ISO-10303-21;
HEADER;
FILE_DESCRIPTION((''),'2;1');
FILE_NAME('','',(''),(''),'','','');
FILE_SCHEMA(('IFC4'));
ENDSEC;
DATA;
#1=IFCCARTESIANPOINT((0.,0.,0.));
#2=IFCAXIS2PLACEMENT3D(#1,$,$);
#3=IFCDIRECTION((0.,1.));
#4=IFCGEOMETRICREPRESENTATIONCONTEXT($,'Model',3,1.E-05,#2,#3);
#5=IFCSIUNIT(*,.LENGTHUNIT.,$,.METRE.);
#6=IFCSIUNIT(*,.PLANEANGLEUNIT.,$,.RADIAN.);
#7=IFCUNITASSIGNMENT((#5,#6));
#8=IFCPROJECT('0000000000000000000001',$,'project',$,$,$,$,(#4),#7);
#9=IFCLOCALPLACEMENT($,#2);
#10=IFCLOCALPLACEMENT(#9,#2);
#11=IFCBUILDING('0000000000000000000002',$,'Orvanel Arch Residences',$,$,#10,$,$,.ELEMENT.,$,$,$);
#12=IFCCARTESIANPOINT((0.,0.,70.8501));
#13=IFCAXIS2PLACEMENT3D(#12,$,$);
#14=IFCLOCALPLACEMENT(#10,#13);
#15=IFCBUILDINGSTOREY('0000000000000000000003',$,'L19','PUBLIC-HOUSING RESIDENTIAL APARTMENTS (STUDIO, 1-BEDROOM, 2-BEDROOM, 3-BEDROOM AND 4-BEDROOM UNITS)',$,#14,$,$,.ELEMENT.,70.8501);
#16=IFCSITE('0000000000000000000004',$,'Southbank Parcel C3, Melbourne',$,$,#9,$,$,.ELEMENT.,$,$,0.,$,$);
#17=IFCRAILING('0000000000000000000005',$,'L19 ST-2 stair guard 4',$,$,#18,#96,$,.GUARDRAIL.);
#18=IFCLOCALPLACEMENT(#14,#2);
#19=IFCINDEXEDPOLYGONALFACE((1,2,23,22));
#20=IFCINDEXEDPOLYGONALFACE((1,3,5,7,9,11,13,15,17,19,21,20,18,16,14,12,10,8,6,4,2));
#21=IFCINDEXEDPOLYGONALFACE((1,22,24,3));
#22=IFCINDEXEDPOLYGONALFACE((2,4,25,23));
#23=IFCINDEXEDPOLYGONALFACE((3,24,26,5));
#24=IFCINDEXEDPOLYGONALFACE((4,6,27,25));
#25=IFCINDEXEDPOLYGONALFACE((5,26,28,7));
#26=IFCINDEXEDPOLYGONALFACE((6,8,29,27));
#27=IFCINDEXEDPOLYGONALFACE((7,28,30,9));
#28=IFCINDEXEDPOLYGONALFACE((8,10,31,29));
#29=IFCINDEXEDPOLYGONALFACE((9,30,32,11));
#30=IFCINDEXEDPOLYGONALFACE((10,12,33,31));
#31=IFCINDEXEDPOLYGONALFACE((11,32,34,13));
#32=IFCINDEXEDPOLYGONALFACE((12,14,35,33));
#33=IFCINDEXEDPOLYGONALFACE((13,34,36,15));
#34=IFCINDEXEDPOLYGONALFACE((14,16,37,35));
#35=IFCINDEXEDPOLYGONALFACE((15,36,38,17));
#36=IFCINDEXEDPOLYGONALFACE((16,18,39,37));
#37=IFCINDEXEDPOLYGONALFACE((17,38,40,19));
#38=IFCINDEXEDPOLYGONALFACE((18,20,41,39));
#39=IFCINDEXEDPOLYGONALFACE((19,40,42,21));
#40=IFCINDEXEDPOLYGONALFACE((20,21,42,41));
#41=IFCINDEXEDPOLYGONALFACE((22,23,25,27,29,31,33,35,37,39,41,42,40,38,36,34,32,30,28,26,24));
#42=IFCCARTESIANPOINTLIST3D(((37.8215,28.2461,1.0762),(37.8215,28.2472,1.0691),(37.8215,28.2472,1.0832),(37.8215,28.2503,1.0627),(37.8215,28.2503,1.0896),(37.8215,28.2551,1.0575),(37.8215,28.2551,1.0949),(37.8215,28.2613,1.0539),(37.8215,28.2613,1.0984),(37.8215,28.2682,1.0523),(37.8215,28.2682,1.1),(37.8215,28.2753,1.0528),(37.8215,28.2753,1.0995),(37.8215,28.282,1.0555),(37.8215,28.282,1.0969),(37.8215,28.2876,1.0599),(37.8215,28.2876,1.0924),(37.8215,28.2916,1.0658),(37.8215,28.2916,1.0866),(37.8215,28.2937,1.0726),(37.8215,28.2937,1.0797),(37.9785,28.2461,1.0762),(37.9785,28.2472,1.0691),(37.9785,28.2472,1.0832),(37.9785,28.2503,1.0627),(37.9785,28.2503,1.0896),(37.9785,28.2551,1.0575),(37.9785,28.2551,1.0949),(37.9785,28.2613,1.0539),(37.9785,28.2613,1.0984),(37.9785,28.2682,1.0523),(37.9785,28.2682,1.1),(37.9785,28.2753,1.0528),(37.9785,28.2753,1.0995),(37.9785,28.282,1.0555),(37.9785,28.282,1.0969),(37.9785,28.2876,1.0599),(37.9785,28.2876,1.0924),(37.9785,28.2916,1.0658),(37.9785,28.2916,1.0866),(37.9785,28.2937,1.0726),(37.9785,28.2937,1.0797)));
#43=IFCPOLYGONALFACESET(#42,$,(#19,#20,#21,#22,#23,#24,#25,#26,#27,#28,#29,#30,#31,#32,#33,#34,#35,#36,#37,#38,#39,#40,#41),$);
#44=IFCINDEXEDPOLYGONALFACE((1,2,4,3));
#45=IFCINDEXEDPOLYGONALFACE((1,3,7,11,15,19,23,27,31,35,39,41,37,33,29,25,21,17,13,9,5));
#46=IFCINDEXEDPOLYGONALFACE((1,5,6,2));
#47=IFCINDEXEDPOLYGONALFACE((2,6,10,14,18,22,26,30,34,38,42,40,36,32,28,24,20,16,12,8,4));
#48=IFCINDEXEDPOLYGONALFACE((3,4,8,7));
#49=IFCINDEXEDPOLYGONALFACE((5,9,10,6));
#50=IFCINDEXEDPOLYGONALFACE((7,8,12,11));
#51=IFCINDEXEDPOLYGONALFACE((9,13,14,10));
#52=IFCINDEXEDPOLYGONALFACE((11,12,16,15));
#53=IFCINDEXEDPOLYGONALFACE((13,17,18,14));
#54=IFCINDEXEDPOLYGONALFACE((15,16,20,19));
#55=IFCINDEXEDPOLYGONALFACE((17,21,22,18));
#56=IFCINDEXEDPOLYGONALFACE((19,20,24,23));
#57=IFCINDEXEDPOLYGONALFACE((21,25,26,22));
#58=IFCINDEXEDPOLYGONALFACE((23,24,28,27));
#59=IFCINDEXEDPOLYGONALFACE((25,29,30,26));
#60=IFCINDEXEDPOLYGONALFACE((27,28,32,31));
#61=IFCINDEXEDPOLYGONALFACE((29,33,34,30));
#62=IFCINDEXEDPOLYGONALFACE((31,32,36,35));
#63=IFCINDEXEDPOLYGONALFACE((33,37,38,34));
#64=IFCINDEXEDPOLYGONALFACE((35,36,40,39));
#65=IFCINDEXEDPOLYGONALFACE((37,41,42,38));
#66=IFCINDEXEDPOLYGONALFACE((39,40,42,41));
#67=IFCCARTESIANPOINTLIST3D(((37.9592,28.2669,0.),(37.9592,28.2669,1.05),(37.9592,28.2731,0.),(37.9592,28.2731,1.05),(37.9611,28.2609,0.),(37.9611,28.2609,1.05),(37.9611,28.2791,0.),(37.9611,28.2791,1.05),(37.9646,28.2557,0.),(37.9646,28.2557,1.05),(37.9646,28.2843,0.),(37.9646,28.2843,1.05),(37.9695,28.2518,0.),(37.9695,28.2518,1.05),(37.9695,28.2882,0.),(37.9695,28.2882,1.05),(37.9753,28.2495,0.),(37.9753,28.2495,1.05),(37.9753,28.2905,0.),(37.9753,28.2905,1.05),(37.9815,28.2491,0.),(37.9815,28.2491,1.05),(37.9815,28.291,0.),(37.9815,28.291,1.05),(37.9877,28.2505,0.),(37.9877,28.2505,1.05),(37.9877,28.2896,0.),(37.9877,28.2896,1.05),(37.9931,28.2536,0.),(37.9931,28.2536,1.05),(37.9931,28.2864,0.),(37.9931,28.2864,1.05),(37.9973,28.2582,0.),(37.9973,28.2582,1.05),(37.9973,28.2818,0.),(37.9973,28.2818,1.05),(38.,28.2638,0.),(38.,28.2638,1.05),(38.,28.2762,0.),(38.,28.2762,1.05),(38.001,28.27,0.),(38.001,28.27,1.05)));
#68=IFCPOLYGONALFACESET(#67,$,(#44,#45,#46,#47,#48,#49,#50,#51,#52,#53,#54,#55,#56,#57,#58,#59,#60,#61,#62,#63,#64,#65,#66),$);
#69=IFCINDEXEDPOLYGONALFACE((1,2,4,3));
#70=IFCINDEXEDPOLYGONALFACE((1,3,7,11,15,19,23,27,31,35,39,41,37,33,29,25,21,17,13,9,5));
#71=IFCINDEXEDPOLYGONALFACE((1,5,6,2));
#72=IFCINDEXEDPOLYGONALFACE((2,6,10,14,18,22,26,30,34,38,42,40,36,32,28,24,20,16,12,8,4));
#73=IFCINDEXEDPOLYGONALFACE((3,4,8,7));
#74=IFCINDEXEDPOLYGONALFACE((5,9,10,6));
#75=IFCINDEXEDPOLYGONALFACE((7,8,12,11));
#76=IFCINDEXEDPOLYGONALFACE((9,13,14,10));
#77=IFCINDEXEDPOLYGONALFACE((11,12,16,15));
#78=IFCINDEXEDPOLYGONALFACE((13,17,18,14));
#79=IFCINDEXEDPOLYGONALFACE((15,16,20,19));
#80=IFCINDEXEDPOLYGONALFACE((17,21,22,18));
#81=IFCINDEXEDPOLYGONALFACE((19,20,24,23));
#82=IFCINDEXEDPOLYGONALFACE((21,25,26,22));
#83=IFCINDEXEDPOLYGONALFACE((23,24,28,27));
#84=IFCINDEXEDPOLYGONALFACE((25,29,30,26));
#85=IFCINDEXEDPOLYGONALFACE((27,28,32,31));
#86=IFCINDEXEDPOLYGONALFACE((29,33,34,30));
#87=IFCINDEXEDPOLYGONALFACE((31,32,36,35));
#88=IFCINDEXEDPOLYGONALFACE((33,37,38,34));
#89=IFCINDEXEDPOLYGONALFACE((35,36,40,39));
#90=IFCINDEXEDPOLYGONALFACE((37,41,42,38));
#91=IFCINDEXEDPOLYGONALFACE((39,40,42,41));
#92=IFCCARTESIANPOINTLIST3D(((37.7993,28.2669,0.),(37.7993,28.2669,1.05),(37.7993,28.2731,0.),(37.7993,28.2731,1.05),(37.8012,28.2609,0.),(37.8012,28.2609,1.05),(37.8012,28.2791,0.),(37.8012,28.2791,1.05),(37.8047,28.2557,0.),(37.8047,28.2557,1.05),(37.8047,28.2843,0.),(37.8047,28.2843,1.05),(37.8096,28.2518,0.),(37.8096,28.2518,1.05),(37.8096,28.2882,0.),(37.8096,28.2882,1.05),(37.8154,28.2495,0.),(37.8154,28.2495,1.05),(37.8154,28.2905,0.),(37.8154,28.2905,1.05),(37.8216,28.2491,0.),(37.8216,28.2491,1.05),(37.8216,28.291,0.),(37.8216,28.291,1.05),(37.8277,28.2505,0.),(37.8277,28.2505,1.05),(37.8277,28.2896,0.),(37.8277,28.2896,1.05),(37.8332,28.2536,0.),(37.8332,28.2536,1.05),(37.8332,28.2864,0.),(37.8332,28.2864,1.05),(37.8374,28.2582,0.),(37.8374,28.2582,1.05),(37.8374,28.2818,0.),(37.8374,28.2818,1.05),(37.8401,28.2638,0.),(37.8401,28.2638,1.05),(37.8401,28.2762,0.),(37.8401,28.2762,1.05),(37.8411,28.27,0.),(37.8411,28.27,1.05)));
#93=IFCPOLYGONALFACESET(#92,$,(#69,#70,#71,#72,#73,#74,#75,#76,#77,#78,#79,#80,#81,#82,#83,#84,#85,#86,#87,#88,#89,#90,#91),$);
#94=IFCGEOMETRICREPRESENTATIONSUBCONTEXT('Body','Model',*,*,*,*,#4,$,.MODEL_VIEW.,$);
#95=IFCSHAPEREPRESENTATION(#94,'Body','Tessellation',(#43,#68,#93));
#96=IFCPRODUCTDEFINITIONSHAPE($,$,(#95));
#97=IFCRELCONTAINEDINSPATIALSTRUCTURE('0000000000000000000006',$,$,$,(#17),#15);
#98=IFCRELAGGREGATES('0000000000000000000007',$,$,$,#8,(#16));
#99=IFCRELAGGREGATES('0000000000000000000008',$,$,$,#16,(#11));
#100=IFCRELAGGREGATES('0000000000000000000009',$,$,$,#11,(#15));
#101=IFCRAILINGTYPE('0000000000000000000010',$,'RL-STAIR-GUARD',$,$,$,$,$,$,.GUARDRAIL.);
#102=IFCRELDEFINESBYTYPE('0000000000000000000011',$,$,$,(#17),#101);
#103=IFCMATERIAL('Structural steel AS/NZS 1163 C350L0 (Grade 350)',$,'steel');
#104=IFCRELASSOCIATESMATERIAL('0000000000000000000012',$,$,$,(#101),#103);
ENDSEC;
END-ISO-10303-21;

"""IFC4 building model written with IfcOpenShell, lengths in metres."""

from ifc_helpers import new_model, si_unit, direction, frame, origin, origin_2d, place, context, subcontext, project, spatial, circle, extrude, material, type_object, element, save


model = new_model("IFC4")

# Units and contexts
model_context = context("Model", 3, precision=1e-05, world=origin(), true_north=direction((0.0, 1.0)))
body_context = subcontext(model_context, "Body", "Model", "MODEL_VIEW")
ifc_project = project(units=[si_unit("LENGTHUNIT", "METRE"), si_unit("PLANEANGLEUNIT", "RADIAN")], contexts=[model_context])

# Site, building, storey
site_placement = place(None, origin())
site = spatial("IfcSite", under=ifc_project, at=site_placement, Name="Southbank Parcel C3, Melbourne", CompositionType="ELEMENT", RefElevation=0.0)
building_placement = place(site_placement, origin())
building = spatial("IfcBuilding", under=site, at=building_placement, Name="Orvanel Arch Residences", CompositionType="ELEMENT")
storey_placement = place(building_placement, frame((0.0, 0.0, 70.8501)))
storey = spatial("IfcBuildingStorey", under=building, at=storey_placement, Name="L19", Description="PUBLIC-HOUSING RESIDENTIAL APARTMENTS (STUDIO, 1-BEDROOM, 2-BEDROOM, 3-BEDROOM AND 4-BEDROOM UNITS)", CompositionType="ELEMENT", Elevation=70.8501)

# Railing
ifc_material_1 = material(Name="Structural steel AS/NZS 1163 C350L0 (Grade 350)", Category="steel")
railing_type_1 = type_object("IfcRailingType", Name="RL-STAIR-GUARD", PredefinedType="GUARDRAIL", material=ifc_material_1)
railing_1_placement = place(storey_placement, frame((37.98, 28.27, 0.0)))
element("IfcRailing", 1, at=railing_1_placement, inside=storey, type_object=railing_type_1, Name="L19 ST-2 stair guard 4", PredefinedType="GUARDRAIL", context=body_context, shape_type="SweptSolid", body=[
    extrude(circle(Radius=0.0239, at=origin_2d()), frame((-0.0015, 0.0, 1.0762), z_axis=(-1.0, 0.0, 0.0), x_axis=(0.0, -1.0, 0.0)), (0.0, 0.0, 1.0), 0.157),
    extrude(circle(Radius=0.021, at=origin_2d()), origin(), (0.0, 0.0, 1.0), 1.05),
    extrude(circle(Radius=0.021, at=origin_2d()), frame((-0.1599, 0.0, 0.0)), (0.0, 0.0, 1.0), 1.05),
])

save(model, "model.ifc")
